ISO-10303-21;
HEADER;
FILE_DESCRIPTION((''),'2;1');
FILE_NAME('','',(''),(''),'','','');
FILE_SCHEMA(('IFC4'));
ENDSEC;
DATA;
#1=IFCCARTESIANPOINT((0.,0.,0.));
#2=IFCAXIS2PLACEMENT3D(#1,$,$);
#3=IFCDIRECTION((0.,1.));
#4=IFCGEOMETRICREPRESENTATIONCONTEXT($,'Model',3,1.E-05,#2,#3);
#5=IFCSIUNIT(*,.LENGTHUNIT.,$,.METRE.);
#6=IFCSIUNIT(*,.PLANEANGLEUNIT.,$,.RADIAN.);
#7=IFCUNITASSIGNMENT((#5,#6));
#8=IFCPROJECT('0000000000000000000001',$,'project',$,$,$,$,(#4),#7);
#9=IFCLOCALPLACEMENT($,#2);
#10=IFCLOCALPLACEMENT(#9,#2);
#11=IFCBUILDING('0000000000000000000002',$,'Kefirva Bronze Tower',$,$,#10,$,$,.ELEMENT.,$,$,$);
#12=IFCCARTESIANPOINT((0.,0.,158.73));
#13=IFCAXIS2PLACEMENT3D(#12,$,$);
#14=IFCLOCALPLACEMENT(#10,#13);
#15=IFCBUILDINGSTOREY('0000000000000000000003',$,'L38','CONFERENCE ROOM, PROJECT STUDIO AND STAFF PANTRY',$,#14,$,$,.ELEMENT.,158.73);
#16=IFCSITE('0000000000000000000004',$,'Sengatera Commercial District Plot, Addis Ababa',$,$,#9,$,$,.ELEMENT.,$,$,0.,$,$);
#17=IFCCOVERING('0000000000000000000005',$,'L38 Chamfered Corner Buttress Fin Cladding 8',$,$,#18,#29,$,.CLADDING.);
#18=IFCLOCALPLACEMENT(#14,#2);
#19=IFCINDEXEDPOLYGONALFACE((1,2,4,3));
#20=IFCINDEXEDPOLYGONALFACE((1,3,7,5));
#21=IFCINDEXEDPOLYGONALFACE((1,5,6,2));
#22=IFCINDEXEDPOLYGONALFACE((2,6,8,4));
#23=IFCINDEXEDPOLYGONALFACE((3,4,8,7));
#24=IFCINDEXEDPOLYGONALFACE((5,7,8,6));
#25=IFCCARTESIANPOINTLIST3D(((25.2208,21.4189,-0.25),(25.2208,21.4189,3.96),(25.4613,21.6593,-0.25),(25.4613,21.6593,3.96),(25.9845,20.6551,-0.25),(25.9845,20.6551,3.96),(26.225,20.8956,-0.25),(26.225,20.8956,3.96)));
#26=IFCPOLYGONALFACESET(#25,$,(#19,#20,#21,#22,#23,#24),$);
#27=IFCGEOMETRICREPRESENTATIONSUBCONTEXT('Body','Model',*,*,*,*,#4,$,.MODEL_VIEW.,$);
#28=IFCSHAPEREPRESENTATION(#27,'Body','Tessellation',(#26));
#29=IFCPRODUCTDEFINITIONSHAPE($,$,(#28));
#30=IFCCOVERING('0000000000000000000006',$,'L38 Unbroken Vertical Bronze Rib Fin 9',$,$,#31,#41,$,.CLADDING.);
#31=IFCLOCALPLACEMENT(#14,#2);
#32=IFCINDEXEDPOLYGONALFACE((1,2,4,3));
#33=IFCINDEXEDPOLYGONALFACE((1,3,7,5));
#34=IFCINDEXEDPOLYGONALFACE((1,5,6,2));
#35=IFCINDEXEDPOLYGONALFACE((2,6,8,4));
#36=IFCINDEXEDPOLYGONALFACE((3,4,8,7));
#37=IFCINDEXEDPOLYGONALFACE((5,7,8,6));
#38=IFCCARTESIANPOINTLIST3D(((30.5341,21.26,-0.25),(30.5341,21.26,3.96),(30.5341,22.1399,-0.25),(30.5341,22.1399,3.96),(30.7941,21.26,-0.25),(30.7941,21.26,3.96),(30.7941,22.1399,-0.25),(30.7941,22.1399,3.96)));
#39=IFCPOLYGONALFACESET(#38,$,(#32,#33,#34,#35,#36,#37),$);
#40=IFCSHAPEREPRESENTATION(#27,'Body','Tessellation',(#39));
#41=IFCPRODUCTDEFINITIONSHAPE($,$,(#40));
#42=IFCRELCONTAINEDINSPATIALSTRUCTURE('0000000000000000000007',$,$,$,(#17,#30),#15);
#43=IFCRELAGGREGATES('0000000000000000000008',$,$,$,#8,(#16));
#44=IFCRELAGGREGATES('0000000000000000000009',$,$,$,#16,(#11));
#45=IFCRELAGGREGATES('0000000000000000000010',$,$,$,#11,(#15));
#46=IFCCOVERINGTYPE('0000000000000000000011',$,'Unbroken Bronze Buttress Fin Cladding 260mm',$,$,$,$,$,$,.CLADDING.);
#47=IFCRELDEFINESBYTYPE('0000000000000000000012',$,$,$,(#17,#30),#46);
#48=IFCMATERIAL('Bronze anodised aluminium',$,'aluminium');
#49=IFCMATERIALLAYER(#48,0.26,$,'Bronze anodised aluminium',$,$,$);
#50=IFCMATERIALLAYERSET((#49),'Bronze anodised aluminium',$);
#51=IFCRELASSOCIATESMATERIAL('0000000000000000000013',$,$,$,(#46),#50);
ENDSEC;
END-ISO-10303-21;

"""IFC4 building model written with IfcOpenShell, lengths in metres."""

from ifc_helpers import new_model, si_unit, direction, frame, origin, origin_2d, place, context, subcontext, project, spatial, rectangle, extrude, material, layer, layer_set, type_object, element, save


model = new_model("IFC4")

# Units and contexts
model_context = context("Model", 3, precision=1e-05, world=origin(), true_north=direction((0.0, 1.0)))
body_context = subcontext(model_context, "Body", "Model", "MODEL_VIEW")
ifc_project = project(units=[si_unit("LENGTHUNIT", "METRE"), si_unit("PLANEANGLEUNIT", "RADIAN")], contexts=[model_context])

# Site, building, storey
site_placement = place(None, origin())
site = spatial("IfcSite", under=ifc_project, at=site_placement, Name="Sengatera Commercial District Plot, Addis Ababa", CompositionType="ELEMENT", RefElevation=0.0)
building_placement = place(site_placement, origin())
building = spatial("IfcBuilding", under=site, at=building_placement, Name="Kefirva Bronze Tower", CompositionType="ELEMENT")
storey_placement = place(building_placement, frame((0.0, 0.0, 158.73)))
storey = spatial("IfcBuildingStorey", under=building, at=storey_placement, Name="L38", Description="CONFERENCE ROOM, PROJECT STUDIO AND STAFF PANTRY", CompositionType="ELEMENT", Elevation=158.73)

# Shared definitions
ifc_material_1 = material(Name="Bronze anodised aluminium", Category="aluminium")

# Coverings
ifc_layer_1 = layer(ifc_material_1, 0.26, Name="Bronze anodised aluminium")
ifc_layer_set_1 = layer_set([ifc_layer_1], Name="Bronze anodised aluminium")
covering_type_1 = type_object("IfcCoveringType", Name="Unbroken Bronze Buttress Fin Cladding 260mm", PredefinedType="CLADDING", material=ifc_layer_set_1)
covering_1_placement = place(storey_placement, frame((25.7229, 21.1572, -0.25), z_axis=(0.0, 0.0, 1.0), x_axis=(0.707107, 0.707107, 0.0)))
element("IfcCovering", 1, at=covering_1_placement, inside=storey, type_object=covering_type_1, Name="L38 Chamfered Corner Buttress Fin Cladding 8", PredefinedType="CLADDING", context=body_context, shape_type="SweptSolid", body=[
    extrude(rectangle(XDim=0.3401, YDim=1.0801, at=origin_2d()), origin(), (0.0, 0.0, 1.0), 4.21),
])
covering_2_placement = place(storey_placement, frame((30.6641, 21.7, -0.25), z_axis=(0.0, 0.0, 1.0), x_axis=(1.0, 0.0, 0.0)))
element("IfcCovering", 2, at=covering_2_placement, inside=storey, type_object=covering_type_1, Name="L38 Unbroken Vertical Bronze Rib Fin 9", PredefinedType="CLADDING", context=body_context, shape_type="SweptSolid", body=[
    extrude(rectangle(XDim=0.26, YDim=0.8799, at=origin_2d()), origin(), (0.0, 0.0, 1.0), 4.21),
])

save(model, "model.ifc")
